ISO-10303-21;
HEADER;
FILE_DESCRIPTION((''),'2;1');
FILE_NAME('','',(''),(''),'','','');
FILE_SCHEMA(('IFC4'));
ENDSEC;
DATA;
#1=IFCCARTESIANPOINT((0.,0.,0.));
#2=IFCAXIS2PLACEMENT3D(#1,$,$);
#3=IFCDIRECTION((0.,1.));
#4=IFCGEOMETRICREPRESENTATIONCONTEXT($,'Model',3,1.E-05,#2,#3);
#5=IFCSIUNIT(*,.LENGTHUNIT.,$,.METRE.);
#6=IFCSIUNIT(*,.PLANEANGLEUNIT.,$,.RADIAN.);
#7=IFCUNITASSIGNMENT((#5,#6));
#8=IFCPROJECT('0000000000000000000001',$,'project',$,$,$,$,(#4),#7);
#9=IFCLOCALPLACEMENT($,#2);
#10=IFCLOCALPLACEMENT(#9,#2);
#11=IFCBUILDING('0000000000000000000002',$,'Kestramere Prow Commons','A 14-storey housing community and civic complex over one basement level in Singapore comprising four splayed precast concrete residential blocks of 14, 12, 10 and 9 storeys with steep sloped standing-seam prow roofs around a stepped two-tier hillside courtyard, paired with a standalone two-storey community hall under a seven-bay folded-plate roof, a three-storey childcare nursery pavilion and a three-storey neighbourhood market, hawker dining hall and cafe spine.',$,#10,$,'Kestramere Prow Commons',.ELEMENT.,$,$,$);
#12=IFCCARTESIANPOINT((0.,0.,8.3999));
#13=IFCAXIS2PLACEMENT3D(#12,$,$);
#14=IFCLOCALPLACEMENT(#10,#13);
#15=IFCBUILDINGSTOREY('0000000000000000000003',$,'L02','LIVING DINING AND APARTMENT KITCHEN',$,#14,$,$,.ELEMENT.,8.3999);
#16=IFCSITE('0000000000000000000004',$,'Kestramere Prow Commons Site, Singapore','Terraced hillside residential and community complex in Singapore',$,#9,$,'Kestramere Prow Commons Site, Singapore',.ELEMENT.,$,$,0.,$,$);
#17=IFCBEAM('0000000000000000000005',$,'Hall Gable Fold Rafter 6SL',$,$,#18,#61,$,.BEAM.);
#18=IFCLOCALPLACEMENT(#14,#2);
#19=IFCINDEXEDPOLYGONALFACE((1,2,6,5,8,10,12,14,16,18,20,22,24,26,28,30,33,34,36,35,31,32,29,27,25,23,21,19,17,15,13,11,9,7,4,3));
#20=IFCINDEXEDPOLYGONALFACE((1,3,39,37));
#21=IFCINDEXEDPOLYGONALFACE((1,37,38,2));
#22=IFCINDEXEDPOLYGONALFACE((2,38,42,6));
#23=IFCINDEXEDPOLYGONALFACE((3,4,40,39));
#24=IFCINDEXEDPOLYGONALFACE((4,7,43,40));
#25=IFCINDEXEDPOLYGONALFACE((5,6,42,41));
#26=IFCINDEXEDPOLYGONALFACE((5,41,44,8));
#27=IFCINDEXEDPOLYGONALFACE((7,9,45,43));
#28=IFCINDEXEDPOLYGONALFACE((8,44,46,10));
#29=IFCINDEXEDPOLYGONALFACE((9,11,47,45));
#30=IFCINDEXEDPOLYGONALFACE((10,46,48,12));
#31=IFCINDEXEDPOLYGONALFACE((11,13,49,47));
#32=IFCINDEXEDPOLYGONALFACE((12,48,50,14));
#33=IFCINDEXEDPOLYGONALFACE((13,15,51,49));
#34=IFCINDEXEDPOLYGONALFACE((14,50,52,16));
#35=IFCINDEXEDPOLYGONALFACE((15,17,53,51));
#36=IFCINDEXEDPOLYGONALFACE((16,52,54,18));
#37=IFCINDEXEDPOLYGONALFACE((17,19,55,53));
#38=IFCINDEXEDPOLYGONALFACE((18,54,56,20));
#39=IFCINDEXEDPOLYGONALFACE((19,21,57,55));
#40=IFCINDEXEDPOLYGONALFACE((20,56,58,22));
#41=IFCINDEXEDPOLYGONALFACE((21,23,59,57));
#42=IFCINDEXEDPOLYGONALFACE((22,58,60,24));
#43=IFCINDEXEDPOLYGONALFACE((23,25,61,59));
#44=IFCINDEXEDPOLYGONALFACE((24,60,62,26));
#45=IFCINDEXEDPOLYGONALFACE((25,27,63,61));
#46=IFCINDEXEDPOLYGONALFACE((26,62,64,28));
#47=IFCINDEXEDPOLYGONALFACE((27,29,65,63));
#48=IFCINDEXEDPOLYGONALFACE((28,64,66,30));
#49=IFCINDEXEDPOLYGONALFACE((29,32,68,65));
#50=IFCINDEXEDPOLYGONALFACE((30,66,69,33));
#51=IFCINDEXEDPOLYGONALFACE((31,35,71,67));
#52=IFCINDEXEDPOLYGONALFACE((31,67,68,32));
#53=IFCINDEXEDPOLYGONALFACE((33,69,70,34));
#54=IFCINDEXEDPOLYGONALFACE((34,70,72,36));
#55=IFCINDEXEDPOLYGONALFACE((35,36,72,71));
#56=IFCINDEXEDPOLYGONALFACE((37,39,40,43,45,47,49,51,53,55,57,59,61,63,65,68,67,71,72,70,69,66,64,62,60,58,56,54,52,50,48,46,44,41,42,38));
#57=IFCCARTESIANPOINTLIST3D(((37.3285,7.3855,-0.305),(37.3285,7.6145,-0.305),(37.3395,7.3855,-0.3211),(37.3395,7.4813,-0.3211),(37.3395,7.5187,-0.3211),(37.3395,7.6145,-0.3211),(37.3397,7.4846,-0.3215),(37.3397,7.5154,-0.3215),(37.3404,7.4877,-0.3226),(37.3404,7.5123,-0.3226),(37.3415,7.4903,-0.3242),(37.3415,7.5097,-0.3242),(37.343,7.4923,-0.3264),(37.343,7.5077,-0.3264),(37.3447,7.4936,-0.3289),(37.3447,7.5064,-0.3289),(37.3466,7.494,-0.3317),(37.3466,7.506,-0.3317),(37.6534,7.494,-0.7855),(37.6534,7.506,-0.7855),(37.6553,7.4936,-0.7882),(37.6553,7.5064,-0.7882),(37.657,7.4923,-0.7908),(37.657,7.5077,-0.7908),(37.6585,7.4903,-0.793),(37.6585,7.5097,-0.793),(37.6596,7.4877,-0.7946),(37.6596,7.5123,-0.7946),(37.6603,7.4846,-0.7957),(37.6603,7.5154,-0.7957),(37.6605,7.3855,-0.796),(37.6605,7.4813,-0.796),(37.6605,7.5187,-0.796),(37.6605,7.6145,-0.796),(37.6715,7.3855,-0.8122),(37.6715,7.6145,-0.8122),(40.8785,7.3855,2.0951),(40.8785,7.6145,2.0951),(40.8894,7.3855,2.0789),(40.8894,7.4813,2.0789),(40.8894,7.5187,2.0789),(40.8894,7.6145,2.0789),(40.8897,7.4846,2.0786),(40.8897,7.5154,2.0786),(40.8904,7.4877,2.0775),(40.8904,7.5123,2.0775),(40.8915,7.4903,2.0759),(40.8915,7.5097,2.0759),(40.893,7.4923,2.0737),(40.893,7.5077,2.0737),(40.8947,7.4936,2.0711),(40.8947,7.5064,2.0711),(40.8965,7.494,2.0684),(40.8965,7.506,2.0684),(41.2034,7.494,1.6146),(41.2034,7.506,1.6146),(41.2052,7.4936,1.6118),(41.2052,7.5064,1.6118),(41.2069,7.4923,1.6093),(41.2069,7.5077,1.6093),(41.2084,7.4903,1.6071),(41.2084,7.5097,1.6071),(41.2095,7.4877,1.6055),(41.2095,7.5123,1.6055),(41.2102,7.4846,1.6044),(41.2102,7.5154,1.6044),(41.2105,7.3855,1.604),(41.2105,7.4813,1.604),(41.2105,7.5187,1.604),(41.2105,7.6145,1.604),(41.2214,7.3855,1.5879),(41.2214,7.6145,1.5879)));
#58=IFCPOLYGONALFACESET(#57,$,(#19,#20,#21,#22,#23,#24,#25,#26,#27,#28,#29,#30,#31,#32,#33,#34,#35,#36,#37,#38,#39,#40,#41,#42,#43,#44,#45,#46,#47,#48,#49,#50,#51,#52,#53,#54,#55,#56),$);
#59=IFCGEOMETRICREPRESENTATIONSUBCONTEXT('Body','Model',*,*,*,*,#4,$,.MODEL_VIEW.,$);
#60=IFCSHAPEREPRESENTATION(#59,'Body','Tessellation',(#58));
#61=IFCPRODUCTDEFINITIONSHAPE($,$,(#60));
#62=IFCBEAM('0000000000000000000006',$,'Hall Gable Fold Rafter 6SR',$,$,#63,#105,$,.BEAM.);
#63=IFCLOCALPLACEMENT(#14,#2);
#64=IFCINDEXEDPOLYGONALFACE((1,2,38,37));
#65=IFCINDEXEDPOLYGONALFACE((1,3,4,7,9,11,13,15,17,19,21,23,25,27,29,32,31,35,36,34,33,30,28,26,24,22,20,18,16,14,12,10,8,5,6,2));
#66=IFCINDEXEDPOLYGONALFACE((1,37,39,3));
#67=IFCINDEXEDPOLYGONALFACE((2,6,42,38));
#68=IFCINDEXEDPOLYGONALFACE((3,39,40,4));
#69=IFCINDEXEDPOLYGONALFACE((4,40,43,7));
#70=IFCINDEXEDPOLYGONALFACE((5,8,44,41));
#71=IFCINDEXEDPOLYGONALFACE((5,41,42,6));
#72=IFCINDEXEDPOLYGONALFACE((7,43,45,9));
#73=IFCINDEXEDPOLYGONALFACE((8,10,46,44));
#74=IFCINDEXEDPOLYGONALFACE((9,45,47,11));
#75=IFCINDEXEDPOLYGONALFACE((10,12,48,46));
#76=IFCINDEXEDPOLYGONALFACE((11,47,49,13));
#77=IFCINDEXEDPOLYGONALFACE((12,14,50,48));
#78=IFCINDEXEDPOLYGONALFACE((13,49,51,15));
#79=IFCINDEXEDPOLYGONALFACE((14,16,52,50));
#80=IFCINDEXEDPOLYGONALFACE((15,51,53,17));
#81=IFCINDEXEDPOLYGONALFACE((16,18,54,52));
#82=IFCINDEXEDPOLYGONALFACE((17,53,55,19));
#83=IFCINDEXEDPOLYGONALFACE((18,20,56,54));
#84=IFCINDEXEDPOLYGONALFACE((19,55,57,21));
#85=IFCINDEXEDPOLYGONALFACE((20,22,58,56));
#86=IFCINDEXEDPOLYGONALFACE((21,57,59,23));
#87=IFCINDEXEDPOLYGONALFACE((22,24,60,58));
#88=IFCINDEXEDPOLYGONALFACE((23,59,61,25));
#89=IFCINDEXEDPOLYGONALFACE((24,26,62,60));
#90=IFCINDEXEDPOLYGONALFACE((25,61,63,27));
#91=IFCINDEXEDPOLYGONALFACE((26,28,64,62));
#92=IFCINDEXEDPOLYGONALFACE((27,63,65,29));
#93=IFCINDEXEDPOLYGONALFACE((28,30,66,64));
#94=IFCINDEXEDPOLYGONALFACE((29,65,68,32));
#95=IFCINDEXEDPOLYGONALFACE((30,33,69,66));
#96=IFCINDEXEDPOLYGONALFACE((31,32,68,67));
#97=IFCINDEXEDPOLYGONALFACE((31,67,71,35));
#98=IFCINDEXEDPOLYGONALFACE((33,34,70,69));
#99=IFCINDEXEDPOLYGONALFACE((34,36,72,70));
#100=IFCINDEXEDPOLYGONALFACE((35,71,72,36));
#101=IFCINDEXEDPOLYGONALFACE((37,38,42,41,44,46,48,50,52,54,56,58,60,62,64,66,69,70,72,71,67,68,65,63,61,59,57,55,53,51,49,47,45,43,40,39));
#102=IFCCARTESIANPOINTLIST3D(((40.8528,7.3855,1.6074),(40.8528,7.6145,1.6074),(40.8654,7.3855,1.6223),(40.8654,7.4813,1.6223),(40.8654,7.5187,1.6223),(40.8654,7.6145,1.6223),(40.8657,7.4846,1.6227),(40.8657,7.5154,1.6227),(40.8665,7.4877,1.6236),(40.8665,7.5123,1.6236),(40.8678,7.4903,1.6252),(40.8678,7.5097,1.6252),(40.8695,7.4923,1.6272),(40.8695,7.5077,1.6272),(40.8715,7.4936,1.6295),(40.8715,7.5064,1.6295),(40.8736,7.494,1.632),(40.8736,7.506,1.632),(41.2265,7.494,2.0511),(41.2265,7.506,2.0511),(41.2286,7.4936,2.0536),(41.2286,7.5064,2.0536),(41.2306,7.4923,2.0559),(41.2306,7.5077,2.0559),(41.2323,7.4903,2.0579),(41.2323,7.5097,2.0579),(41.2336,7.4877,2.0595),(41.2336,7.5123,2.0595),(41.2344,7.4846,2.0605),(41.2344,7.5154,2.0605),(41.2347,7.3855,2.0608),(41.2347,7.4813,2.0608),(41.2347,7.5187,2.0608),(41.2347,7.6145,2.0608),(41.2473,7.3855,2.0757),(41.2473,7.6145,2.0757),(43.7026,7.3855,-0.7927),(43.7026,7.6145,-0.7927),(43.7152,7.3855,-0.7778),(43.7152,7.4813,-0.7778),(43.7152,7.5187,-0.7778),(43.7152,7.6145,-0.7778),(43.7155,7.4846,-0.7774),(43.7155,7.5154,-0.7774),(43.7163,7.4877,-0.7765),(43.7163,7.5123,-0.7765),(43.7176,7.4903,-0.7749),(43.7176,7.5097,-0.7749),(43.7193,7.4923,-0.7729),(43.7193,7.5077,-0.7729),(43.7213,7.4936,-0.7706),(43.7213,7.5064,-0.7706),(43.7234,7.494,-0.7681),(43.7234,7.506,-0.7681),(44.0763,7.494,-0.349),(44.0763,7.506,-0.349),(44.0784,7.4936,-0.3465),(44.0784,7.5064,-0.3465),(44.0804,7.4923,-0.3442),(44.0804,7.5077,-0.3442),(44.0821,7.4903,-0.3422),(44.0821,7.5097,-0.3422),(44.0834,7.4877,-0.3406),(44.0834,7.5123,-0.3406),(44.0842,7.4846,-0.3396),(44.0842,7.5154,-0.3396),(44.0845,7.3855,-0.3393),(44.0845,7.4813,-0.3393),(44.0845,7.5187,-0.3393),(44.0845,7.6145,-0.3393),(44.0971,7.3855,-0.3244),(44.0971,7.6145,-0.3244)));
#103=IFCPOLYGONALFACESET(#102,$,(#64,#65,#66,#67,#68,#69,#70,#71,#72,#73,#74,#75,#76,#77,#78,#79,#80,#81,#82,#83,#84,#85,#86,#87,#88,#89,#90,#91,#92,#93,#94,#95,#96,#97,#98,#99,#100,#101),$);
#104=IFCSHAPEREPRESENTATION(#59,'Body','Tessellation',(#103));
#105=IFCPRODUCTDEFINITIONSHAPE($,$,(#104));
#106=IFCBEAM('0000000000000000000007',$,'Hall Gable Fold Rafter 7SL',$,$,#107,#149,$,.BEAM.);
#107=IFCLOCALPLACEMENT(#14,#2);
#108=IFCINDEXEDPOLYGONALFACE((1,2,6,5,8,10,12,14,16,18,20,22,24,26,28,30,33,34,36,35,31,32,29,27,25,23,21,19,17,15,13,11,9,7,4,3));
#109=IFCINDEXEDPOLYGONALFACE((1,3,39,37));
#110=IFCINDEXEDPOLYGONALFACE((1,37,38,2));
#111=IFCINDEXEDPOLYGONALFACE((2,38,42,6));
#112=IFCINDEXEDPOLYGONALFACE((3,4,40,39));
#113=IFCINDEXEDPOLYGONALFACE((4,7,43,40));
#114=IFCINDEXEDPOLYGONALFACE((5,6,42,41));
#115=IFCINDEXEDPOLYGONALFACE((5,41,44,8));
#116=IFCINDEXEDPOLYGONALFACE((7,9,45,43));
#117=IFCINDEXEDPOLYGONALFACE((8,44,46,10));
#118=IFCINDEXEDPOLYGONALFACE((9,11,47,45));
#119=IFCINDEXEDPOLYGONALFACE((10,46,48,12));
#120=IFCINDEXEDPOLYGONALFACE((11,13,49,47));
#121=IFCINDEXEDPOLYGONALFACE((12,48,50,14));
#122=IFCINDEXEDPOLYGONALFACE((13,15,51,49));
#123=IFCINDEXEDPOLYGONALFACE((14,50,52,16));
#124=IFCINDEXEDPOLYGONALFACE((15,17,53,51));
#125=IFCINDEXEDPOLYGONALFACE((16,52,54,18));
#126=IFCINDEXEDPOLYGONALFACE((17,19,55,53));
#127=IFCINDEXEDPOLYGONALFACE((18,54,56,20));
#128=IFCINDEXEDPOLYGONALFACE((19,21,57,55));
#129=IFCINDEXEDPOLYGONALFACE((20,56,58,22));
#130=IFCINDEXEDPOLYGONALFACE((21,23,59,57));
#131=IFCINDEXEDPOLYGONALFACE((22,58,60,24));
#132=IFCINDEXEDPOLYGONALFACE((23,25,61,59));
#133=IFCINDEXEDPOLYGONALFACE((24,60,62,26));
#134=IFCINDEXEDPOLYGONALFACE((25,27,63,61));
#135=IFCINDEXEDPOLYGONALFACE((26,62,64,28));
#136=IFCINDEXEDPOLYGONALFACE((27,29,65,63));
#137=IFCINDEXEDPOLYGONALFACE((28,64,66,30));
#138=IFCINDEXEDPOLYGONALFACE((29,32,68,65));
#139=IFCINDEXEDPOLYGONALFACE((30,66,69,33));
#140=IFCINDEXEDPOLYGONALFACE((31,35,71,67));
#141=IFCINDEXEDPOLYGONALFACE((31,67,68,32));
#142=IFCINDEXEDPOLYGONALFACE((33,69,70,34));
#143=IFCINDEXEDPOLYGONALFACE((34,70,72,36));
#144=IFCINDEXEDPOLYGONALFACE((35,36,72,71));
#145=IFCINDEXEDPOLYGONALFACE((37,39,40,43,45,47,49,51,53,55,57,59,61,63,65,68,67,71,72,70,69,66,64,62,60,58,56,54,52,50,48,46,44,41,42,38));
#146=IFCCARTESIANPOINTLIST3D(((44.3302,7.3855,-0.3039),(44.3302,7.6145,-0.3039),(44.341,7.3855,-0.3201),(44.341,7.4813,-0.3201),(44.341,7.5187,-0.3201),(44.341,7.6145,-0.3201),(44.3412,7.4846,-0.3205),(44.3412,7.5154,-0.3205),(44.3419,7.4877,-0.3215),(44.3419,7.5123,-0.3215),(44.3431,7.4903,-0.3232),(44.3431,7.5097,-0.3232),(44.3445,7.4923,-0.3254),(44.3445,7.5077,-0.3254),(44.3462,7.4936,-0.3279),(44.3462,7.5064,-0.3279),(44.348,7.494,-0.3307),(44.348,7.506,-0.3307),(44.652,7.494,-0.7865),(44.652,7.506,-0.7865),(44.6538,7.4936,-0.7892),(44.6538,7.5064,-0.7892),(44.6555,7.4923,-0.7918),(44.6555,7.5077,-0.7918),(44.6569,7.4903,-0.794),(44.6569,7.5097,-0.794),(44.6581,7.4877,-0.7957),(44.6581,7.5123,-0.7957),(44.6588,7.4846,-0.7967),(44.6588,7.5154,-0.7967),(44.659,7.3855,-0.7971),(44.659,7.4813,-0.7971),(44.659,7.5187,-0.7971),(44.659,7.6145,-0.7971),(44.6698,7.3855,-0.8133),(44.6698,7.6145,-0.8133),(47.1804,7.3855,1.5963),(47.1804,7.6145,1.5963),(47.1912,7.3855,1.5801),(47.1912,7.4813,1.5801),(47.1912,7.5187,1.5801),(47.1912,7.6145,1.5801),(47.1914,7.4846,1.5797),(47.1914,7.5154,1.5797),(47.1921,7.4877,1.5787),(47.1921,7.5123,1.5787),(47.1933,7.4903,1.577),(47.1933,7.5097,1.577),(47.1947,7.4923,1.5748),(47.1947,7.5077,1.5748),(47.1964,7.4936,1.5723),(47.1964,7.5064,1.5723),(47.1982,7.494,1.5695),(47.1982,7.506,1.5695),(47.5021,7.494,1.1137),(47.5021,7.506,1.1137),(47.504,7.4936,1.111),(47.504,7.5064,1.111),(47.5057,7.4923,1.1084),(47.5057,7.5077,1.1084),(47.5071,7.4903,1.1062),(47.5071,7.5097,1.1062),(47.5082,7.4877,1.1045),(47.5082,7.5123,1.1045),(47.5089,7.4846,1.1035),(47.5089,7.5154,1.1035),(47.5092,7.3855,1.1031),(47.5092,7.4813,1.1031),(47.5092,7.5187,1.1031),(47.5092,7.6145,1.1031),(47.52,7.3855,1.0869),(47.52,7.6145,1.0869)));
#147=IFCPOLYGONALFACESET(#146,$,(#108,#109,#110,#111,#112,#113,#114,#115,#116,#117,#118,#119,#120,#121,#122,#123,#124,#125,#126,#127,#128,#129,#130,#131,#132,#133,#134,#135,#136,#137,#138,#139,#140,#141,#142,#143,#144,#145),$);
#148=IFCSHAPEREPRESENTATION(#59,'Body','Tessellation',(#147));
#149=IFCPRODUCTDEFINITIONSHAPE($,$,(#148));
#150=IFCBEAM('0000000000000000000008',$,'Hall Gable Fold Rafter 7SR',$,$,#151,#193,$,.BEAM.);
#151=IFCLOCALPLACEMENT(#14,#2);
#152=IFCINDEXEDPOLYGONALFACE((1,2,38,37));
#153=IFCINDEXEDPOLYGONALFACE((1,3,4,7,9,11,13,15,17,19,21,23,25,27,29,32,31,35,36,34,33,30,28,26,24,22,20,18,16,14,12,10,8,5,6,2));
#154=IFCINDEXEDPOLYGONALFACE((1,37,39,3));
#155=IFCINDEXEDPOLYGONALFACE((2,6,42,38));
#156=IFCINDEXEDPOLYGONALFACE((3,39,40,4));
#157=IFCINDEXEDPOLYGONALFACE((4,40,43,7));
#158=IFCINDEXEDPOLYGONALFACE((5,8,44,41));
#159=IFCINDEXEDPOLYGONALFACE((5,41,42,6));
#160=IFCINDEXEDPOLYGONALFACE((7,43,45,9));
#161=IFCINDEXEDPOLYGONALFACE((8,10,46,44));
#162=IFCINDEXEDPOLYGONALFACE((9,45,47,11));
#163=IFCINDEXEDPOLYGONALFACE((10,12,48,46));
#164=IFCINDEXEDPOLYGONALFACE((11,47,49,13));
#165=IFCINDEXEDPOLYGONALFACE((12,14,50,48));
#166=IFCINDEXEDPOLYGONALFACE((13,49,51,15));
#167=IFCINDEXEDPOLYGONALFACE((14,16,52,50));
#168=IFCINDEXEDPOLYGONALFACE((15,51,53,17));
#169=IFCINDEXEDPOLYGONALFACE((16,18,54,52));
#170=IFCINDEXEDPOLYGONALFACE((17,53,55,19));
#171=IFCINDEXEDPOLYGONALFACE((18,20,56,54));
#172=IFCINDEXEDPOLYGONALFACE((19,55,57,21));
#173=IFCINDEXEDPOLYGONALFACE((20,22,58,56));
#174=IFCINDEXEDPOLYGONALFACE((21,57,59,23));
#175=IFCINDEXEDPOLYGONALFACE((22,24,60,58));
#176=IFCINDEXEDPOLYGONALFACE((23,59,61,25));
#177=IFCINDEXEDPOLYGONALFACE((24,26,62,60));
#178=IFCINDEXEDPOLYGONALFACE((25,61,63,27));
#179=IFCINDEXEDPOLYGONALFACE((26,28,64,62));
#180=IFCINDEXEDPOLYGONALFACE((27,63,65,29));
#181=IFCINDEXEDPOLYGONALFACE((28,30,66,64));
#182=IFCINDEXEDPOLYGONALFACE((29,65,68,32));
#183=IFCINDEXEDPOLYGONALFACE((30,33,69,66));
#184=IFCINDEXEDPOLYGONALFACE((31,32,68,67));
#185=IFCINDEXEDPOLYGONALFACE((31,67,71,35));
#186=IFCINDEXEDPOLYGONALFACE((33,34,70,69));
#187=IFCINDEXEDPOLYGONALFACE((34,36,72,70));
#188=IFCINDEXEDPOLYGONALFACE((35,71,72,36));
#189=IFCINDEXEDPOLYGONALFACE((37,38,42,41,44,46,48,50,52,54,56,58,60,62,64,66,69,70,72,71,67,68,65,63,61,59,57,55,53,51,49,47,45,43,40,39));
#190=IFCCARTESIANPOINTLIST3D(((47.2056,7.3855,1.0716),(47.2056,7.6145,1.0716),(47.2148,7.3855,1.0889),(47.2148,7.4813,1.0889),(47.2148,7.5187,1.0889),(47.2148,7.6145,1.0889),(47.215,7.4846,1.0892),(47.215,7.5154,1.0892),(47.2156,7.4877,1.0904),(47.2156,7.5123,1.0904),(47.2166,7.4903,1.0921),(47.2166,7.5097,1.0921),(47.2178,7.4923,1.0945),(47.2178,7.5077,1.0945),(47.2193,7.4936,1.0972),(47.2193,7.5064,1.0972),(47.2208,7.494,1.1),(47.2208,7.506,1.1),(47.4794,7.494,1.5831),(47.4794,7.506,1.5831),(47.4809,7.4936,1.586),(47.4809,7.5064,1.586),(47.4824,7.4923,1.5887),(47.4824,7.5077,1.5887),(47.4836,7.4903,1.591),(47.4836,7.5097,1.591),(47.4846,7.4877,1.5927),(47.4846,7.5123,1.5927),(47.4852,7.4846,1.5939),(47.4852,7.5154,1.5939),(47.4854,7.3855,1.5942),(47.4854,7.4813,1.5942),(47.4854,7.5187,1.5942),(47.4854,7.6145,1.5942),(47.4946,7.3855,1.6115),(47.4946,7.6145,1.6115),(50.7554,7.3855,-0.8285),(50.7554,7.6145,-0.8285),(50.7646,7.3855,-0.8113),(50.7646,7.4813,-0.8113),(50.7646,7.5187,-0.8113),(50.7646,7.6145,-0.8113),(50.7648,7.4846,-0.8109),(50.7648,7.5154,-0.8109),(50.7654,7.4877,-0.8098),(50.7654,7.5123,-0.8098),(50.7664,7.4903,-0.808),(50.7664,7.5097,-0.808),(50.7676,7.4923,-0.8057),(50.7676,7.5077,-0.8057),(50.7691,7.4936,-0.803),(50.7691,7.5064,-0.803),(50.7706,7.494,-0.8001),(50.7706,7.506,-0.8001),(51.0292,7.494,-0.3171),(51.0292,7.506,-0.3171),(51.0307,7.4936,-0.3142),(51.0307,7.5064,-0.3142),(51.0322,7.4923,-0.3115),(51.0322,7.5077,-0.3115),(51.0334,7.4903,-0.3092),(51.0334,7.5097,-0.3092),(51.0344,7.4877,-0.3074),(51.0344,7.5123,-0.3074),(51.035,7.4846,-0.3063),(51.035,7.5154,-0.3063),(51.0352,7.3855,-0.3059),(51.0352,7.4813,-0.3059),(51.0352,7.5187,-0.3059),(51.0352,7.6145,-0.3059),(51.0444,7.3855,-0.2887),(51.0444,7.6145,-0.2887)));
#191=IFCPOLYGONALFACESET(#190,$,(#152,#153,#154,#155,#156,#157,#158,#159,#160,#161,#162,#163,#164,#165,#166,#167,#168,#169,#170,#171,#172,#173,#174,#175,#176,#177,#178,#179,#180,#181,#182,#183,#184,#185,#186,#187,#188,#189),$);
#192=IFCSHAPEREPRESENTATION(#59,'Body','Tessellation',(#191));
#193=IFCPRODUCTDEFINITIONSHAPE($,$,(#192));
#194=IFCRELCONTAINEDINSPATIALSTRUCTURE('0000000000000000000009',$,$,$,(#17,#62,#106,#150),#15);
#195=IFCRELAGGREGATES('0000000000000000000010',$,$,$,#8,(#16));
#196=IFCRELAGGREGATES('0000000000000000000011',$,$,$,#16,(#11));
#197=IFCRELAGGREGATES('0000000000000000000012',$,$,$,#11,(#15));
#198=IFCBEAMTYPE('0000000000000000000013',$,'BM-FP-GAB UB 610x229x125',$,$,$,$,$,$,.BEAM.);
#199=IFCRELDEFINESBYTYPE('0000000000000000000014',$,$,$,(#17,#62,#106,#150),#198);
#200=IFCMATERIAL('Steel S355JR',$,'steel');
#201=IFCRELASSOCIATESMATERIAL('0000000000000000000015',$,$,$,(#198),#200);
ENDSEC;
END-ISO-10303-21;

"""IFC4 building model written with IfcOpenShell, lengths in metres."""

from ifc_helpers import new_model, si_unit, direction, frame, origin, origin_2d, place, context, subcontext, project, spatial, i_section, extrude, material, material_profile, profile_set, type_object, element, save


model = new_model("IFC4")

# Units and contexts
model_context = context("Model", 3, precision=1e-05, world=origin(), true_north=direction((0.0, 1.0)))
body_context = subcontext(model_context, "Body", "Model", "MODEL_VIEW")
ifc_project = project(units=[si_unit("LENGTHUNIT", "METRE"), si_unit("PLANEANGLEUNIT", "RADIAN")], contexts=[model_context])

# Site, building, storey
site_placement = place(None, origin())
site = spatial("IfcSite", under=ifc_project, at=site_placement, Name="Kestramere Prow Commons Site, Singapore", Description="Terraced hillside residential and community complex in Singapore", LongName="Kestramere Prow Commons Site, Singapore", CompositionType="ELEMENT", RefElevation=0.0)
building_placement = place(site_placement, origin())
building = spatial("IfcBuilding", under=site, at=building_placement, Name="Kestramere Prow Commons", Description="A 14-storey housing community and civic complex over one basement level in Singapore comprising four splayed precast concrete residential blocks of 14, 12, 10 and 9 storeys with steep sloped standing-seam prow roofs around a stepped two-tier hillside courtyard, paired with a standalone two-storey community hall under a seven-bay folded-plate roof, a three-storey childcare nursery pavilion and a three-storey neighbourhood market, hawker dining hall and cafe spine.", LongName="Kestramere Prow Commons", CompositionType="ELEMENT")
storey_placement = place(building_placement, frame((0.0, 0.0, 8.3999)))
storey = spatial("IfcBuildingStorey", under=building, at=storey_placement, Name="L02", Description="LIVING DINING AND APARTMENT KITCHEN", CompositionType="ELEMENT", Elevation=8.3999)

# Beams
ifc_material_1 = material(Name="Steel S355JR", Category="steel")
ifc_material_profile_1 = material_profile(ifc_material_1, i_section(OverallWidth=0.229, OverallDepth=0.6123, WebThickness=0.012, FlangeThickness=0.0195, FilletRadius=0.0127, at=origin_2d()), Name="UB 610x229x125")
ifc_profile_set_1 = profile_set([ifc_material_profile_1], Name="Steel S355JR")
beam_type_1 = type_object("IfcBeamType", Name="BM-FP-GAB UB 610x229x125", PredefinedType="BEAM", material=ifc_profile_set_1)
beam_1_placement = place(storey_placement, frame((37.5, 7.5, -0.5586), z_axis=(0.82843, 0.0, 0.560092), x_axis=(0.0, 1.0, 0.0)))
element("IfcBeam", 1, at=beam_1_placement, inside=storey, type_object=beam_type_1, Name="Hall Gable Fold Rafter 6SL", PredefinedType="BEAM", context=body_context, shape_type="SweptSolid", body=[
    extrude(i_section(OverallWidth=0.229, OverallDepth=0.6123, WebThickness=0.012, FlangeThickness=0.0195, FilletRadius=0.0127, at=origin_2d()), origin(), (0.0, 0.0, 1.0), 4.2852),
])
beam_2_placement = place(storey_placement, frame((41.05, 7.5, 1.8416), z_axis=(0.764876, 0.0, -0.644178), x_axis=(0.0, 1.0, 0.0)))
element("IfcBeam", 2, at=beam_2_placement, inside=storey, type_object=beam_type_1, Name="Hall Gable Fold Rafter 6SR", PredefinedType="BEAM", context=body_context, shape_type="SweptSolid", body=[
    extrude(i_section(OverallWidth=0.229, OverallDepth=0.6123, WebThickness=0.012, FlangeThickness=0.0195, FilletRadius=0.0127, at=origin_2d()), origin(), (0.0, 0.0, 1.0), 3.7258),
])
beam_3_placement = place(storey_placement, frame((44.5, 7.5, -0.5586), z_axis=(0.832039, 0.0, 0.554717), x_axis=(0.0, 1.0, 0.0)))
element("IfcBeam", 3, at=beam_3_placement, inside=storey, type_object=beam_type_1, Name="Hall Gable Fold Rafter 7SL", PredefinedType="BEAM", context=body_context, shape_type="SweptSolid", body=[
    extrude(i_section(OverallWidth=0.229, OverallDepth=0.6123, WebThickness=0.012, FlangeThickness=0.0195, FilletRadius=0.0127, at=origin_2d()), origin(), (0.0, 0.0, 1.0), 3.4255),
])
beam_4_placement = place(storey_placement, frame((47.3501, 7.5, 1.3416), z_axis=(0.881639, 0.0, -0.471925), x_axis=(0.0, 1.0, 0.0)))
element("IfcBeam", 4, at=beam_4_placement, inside=storey, type_object=beam_type_1, Name="Hall Gable Fold Rafter 7SR", PredefinedType="BEAM", context=body_context, shape_type="SweptSolid", body=[
    extrude(i_section(OverallWidth=0.229, OverallDepth=0.6123, WebThickness=0.012, FlangeThickness=0.0195, FilletRadius=0.0127, at=origin_2d()), origin(), (0.0, 0.0, 1.0), 4.0264),
])

save(model, "model.ifc")
